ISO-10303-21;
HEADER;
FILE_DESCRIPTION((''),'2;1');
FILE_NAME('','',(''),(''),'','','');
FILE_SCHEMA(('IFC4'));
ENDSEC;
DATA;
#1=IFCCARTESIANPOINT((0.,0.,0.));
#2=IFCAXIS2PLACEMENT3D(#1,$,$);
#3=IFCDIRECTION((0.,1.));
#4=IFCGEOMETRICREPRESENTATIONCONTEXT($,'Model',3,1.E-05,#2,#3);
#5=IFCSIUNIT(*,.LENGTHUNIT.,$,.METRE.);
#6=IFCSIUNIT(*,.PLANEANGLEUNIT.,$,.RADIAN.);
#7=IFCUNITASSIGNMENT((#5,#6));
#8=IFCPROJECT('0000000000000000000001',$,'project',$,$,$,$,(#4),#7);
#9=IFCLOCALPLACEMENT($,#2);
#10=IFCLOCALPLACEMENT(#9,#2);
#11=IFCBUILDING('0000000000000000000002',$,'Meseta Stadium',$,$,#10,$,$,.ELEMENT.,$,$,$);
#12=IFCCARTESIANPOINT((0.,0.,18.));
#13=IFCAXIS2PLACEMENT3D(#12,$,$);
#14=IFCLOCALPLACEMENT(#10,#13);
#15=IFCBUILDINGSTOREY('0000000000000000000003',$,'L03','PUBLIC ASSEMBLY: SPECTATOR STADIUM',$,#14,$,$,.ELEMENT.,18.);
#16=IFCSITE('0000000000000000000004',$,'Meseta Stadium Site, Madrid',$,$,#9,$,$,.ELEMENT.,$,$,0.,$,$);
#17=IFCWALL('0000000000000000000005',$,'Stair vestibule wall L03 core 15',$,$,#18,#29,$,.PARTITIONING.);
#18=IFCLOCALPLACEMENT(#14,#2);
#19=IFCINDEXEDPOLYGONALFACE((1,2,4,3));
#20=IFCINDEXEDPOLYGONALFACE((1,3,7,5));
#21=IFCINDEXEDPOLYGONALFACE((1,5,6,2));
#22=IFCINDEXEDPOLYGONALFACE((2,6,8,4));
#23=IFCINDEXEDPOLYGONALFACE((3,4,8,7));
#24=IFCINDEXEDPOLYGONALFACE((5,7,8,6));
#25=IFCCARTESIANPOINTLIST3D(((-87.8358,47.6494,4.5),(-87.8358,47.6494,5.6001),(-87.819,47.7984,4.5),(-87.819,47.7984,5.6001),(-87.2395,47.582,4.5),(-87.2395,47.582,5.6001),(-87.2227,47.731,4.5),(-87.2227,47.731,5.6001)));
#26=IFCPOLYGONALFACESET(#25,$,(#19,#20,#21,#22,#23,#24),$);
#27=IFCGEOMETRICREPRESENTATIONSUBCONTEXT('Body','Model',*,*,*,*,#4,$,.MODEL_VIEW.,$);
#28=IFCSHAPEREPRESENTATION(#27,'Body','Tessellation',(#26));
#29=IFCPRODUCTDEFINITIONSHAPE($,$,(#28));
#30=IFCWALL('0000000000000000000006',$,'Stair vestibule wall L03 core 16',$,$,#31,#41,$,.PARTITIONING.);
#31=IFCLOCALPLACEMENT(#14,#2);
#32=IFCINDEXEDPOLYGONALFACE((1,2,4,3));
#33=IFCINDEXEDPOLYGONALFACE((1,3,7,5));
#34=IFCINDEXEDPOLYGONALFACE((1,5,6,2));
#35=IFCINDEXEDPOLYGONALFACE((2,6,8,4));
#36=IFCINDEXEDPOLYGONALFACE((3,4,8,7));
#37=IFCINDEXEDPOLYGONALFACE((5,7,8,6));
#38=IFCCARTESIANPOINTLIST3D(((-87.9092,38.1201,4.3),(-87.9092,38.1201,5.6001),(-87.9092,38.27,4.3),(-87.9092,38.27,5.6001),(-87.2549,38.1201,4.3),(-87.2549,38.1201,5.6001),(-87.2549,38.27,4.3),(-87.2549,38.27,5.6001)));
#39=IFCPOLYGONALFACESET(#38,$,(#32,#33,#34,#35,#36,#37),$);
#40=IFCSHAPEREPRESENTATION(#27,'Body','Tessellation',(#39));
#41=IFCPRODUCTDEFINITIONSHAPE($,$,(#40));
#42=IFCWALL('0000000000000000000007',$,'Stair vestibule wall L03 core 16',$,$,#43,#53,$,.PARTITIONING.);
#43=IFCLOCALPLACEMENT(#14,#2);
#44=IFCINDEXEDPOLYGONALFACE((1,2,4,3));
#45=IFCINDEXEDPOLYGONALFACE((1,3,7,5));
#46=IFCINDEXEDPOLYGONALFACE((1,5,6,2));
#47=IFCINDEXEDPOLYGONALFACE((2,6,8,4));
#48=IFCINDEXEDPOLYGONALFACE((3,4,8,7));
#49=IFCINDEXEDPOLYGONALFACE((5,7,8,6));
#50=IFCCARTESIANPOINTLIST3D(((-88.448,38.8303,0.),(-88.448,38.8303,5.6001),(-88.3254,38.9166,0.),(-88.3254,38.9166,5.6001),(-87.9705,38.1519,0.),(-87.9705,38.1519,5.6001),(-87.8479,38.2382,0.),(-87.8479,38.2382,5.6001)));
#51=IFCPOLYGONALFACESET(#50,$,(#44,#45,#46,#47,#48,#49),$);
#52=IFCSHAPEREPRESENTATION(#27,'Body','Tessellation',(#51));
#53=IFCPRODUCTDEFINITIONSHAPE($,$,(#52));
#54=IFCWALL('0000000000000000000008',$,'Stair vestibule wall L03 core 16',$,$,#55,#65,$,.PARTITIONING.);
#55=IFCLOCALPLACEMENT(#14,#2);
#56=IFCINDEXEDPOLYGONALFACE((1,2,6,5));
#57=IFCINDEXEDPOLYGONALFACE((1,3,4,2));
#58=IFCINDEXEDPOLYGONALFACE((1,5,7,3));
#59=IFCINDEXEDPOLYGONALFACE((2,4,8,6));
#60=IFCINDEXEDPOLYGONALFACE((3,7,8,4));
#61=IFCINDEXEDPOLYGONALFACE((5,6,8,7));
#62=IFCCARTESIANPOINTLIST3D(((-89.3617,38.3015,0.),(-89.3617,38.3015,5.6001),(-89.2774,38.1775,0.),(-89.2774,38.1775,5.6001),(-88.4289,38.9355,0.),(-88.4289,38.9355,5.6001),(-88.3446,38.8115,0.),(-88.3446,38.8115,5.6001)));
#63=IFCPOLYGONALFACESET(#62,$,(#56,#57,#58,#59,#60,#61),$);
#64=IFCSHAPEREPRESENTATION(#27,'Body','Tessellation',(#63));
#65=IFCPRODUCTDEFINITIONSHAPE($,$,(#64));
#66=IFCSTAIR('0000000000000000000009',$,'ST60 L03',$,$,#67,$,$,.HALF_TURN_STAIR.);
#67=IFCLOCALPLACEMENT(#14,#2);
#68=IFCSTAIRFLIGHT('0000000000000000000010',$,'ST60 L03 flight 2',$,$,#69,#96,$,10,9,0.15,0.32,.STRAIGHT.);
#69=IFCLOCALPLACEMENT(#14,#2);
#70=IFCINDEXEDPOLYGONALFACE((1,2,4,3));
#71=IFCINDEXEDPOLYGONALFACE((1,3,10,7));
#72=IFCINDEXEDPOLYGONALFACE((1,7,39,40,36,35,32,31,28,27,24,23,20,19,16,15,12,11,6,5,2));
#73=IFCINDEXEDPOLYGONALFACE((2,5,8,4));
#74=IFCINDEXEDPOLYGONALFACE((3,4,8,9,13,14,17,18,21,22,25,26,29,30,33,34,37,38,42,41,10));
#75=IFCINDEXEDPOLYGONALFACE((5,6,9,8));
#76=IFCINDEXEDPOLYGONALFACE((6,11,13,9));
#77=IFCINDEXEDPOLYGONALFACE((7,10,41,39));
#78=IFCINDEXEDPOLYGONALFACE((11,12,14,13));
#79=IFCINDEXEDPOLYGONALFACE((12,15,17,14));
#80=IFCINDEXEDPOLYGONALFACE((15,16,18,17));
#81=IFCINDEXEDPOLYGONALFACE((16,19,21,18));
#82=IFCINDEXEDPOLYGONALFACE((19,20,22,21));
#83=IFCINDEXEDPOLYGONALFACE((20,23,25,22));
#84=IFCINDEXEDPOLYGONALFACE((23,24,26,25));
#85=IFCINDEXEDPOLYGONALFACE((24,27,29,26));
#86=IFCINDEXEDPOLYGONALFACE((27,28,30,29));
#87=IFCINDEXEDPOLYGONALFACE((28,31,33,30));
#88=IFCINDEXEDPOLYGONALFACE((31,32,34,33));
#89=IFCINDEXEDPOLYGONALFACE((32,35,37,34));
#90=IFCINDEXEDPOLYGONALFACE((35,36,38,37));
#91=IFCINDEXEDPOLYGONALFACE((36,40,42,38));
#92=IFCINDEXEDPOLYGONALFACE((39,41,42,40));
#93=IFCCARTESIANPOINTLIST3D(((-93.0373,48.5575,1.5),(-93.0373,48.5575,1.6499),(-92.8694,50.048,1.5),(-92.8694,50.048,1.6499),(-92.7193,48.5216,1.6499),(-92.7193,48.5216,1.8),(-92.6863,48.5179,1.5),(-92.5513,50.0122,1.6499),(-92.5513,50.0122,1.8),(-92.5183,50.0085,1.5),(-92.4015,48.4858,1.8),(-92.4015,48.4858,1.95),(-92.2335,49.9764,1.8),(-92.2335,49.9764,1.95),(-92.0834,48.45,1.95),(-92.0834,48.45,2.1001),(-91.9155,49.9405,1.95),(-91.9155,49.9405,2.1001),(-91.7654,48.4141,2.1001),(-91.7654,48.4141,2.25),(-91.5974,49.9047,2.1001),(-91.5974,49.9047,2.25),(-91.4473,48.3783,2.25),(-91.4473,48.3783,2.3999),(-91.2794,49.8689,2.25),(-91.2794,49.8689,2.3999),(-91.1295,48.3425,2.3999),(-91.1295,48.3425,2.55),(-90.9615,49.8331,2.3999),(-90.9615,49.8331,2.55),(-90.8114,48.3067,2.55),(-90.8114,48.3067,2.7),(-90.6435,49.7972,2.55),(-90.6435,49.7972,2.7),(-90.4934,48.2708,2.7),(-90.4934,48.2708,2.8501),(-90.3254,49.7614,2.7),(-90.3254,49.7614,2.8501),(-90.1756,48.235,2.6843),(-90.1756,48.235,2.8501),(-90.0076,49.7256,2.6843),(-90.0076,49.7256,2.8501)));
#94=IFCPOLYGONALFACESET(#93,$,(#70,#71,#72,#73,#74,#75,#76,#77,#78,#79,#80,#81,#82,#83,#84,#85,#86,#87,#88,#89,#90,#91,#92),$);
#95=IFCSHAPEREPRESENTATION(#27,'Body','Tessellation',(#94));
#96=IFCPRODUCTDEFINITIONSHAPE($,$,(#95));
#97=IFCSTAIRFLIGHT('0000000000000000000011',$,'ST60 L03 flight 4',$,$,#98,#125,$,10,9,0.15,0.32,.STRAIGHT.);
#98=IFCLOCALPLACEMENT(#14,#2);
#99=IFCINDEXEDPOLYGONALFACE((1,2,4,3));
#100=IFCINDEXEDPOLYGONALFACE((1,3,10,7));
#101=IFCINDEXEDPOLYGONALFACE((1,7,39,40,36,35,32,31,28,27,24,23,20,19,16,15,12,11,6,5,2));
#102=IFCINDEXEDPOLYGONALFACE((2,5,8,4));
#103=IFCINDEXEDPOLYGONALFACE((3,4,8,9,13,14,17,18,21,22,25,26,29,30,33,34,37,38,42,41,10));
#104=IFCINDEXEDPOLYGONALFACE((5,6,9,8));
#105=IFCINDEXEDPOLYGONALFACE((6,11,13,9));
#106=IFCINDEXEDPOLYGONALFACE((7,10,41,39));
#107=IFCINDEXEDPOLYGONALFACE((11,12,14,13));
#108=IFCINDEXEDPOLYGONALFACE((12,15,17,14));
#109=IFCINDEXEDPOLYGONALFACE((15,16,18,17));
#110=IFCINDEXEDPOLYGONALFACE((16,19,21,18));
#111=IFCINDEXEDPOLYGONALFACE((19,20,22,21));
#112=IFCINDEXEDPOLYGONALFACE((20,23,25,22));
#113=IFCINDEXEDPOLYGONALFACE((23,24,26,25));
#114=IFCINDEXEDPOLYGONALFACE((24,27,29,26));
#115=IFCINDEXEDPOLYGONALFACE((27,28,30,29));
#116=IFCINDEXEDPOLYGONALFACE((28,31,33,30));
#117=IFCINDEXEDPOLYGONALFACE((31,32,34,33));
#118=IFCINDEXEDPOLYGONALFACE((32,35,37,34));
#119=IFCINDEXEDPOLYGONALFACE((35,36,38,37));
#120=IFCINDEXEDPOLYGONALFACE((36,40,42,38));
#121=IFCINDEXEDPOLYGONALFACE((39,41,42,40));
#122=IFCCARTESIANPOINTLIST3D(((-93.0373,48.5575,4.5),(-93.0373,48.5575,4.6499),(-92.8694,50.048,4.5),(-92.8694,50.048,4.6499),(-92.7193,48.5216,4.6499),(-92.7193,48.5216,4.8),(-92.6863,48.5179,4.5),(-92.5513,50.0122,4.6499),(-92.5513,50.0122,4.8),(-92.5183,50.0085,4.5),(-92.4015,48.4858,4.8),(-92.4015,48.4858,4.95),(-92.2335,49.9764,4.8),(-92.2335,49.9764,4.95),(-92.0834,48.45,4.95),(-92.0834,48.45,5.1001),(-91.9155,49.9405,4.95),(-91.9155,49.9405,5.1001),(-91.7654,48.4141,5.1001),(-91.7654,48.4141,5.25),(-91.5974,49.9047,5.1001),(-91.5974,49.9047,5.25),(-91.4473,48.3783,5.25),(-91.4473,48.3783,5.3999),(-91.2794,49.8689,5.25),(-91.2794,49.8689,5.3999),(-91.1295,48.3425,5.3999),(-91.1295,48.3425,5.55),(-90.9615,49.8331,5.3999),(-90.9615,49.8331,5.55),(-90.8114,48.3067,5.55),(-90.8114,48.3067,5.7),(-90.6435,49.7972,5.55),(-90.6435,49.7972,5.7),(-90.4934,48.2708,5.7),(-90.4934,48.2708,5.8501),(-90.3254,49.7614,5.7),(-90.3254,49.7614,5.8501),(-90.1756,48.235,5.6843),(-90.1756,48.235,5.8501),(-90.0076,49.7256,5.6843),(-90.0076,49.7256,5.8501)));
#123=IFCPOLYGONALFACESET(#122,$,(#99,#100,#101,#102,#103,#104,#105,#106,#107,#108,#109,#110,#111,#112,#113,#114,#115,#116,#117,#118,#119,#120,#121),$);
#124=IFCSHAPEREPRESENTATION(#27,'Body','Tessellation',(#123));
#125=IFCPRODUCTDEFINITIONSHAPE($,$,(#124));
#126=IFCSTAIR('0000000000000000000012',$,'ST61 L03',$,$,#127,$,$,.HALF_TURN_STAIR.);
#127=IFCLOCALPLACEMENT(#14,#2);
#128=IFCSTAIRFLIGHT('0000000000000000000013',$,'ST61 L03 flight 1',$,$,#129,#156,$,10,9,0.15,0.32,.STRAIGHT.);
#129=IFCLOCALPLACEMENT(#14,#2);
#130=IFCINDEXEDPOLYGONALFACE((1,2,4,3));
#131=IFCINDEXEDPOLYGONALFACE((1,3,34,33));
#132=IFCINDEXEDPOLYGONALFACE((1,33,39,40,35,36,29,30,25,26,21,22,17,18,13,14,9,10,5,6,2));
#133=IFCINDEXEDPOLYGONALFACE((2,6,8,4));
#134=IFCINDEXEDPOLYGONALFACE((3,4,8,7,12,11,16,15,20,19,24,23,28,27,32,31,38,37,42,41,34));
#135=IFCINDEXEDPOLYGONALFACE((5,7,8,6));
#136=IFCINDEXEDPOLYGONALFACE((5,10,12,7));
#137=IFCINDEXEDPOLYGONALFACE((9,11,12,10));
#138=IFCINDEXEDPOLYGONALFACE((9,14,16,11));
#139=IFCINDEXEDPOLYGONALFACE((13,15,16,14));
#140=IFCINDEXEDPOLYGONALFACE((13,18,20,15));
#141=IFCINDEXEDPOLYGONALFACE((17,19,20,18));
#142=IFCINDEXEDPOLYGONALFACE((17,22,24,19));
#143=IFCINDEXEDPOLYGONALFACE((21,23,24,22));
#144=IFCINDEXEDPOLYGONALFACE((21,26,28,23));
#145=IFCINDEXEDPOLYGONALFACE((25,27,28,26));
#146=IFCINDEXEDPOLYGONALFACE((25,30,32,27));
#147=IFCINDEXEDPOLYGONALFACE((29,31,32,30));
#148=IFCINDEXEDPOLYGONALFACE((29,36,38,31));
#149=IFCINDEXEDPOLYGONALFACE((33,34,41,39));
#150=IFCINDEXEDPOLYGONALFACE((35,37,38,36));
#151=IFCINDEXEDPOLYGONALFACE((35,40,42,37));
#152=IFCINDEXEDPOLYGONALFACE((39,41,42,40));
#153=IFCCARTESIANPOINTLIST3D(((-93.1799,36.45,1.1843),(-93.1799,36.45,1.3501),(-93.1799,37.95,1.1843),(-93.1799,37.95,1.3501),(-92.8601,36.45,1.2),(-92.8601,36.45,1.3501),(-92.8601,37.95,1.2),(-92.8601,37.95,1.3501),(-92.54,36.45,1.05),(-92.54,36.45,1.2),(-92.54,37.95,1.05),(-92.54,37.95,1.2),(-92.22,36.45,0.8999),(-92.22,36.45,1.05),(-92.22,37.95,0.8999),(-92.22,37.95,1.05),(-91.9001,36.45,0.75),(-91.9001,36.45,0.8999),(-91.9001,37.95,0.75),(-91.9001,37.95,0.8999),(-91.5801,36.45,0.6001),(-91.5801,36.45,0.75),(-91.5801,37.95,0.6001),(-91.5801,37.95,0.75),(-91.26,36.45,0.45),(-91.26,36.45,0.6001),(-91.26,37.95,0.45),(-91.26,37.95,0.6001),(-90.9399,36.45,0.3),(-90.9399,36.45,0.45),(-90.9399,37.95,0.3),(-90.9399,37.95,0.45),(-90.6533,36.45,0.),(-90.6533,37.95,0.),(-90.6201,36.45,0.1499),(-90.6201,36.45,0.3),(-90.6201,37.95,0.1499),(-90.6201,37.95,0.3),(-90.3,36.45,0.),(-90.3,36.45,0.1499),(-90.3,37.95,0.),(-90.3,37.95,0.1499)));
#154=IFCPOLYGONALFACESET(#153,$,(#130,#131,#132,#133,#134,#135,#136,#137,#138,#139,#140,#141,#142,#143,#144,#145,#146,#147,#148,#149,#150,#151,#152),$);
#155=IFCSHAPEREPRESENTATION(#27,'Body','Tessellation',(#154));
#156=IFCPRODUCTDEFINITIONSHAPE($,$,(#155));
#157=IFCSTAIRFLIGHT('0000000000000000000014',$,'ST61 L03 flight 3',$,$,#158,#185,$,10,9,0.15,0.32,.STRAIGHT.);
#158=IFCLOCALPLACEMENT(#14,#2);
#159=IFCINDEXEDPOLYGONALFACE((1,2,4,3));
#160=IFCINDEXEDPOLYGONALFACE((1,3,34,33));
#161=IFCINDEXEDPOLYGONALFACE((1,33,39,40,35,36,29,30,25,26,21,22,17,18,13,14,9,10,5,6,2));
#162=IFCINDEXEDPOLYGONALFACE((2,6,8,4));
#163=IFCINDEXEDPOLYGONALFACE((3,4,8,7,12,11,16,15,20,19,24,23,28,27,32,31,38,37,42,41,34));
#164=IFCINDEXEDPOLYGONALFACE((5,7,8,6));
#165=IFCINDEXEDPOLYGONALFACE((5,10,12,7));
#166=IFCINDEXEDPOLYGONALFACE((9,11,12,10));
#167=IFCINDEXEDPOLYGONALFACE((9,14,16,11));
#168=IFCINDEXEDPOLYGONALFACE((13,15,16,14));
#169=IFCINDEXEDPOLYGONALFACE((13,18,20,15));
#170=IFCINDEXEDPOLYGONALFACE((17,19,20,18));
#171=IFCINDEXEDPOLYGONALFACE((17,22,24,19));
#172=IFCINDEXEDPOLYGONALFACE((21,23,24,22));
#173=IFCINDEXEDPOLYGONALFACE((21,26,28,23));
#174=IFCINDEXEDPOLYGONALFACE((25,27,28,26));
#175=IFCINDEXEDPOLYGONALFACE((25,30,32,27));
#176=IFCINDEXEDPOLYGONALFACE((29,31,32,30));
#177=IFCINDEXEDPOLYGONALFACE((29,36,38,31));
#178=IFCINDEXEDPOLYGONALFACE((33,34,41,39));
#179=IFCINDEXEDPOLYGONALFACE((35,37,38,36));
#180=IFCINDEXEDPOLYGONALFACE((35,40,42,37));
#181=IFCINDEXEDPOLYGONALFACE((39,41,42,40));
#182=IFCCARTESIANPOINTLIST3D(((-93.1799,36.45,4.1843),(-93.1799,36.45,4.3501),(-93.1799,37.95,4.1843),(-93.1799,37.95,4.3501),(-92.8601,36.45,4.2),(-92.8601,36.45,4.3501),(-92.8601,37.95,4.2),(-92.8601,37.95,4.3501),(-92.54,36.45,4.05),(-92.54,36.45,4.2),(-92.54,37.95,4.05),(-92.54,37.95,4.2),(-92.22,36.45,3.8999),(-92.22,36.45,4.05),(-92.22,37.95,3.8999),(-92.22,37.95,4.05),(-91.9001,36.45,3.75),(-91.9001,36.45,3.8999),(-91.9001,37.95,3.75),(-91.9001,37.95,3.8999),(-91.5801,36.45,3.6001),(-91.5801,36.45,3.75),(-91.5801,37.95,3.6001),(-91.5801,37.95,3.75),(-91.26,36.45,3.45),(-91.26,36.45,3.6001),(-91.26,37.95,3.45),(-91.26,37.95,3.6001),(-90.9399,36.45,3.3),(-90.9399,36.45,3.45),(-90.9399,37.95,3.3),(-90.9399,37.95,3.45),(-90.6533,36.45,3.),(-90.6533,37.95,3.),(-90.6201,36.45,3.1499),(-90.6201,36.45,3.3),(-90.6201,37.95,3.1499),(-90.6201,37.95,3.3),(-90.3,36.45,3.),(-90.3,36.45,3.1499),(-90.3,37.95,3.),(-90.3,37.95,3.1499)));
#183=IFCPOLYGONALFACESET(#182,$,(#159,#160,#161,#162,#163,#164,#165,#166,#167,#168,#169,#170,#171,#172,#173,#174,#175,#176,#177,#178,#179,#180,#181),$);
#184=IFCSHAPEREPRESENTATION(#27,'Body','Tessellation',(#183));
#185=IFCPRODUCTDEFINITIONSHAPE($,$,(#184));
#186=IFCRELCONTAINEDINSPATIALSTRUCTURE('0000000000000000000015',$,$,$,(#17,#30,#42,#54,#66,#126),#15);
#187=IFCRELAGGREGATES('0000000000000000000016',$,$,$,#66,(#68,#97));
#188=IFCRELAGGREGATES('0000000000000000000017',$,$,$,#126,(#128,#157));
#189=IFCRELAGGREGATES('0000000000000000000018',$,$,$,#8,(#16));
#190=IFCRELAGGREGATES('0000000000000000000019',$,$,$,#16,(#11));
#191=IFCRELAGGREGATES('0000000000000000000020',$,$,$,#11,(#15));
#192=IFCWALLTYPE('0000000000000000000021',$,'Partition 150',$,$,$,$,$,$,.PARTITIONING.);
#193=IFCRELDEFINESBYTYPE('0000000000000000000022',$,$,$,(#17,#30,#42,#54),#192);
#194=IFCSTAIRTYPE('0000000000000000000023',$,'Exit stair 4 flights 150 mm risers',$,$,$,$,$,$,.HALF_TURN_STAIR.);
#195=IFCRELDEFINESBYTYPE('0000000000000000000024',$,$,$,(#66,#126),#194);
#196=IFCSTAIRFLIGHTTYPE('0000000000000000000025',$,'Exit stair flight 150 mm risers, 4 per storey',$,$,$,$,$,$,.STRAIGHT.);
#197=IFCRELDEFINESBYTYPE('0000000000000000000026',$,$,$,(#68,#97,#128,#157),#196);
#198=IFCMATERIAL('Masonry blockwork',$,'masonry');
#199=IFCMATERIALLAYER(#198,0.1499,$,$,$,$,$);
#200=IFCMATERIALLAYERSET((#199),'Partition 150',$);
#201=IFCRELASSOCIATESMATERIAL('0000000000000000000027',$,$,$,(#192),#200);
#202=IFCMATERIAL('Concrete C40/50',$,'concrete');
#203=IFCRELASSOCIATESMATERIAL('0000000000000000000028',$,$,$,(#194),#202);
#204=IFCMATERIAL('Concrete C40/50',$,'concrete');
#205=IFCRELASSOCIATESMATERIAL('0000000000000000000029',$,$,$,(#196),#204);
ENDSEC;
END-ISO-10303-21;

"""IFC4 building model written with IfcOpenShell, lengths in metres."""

from ifc_helpers import new_model, si_unit, direction, frame, frame_2d, origin, place, context, subcontext, project, spatial, polyline, rectangle, outline, extrude, material, layer, layer_set, type_object, element, aggregate, save


model = new_model("IFC4")

# Units and contexts
model_context = context("Model", 3, precision=1e-05, world=origin(), true_north=direction((0.0, 1.0)))
body_context = subcontext(model_context, "Body", "Model", "MODEL_VIEW")
ifc_project = project(units=[si_unit("LENGTHUNIT", "METRE"), si_unit("PLANEANGLEUNIT", "RADIAN")], contexts=[model_context])

# Site, building, storey
site_placement = place(None, origin())
site = spatial("IfcSite", under=ifc_project, at=site_placement, Name="Meseta Stadium Site, Madrid", CompositionType="ELEMENT", RefElevation=0.0)
building_placement = place(site_placement, origin())
building = spatial("IfcBuilding", under=site, at=building_placement, Name="Meseta Stadium", CompositionType="ELEMENT")
storey_placement = place(building_placement, frame((0.0, 0.0, 18.0)))
storey = spatial("IfcBuildingStorey", under=building, at=storey_placement, Name="L03", Description="PUBLIC ASSEMBLY: SPECTATOR STADIUM", CompositionType="ELEMENT", Elevation=18.0)

# Shared definitions
ifc_material_1 = material(Name="Masonry blockwork", Category="masonry")
ifc_layer_1 = layer(ifc_material_1, 0.1499)
ifc_layer_set_1 = layer_set([ifc_layer_1], Name="Partition 150")
wall_type_1 = type_object("IfcWallType", Name="Partition 150", PredefinedType="PARTITIONING", material=ifc_layer_set_1)

# Walls
wall_1_placement = place(storey_placement, frame((-87.8274, 47.7239, 4.5), z_axis=(0.0, 0.0, 1.0), x_axis=(0.993674, -0.112307, 0.0)))
element("IfcWall", 1, at=wall_1_placement, inside=storey, type_object=wall_type_1, Name="Stair vestibule wall L03 core 15", PredefinedType="PARTITIONING", context=body_context, shape_type="SweptSolid", body=[
    extrude(rectangle(XDim=0.6001, YDim=0.1499, at=frame_2d((0.3, 0.0))), origin(), (0.0, 0.0, 1.0), 1.1001),
])
wall_2_placement = place(storey_placement, frame((-87.2549, 38.1951, 4.3), z_axis=(0.0, 0.0, 1.0), x_axis=(-1.0, 0.0, 0.0)))
element("IfcWall", 2, at=wall_2_placement, inside=storey, type_object=wall_type_1, Name="Stair vestibule wall L03 core 16", PredefinedType="PARTITIONING", context=body_context, shape_type="SweptSolid", body=[
    extrude(rectangle(XDim=0.6543, YDim=0.1499, at=frame_2d((0.3271, 0.0))), origin(), (0.0, 0.0, 1.0), 1.3),
])
wall_3_placement = place(storey_placement, frame((-87.9092, 38.1951, 0.0), z_axis=(0.0, 0.0, 1.0), x_axis=(-0.575574, 0.81775, 0.0)))
element("IfcWall", 3, at=wall_3_placement, inside=storey, type_object=wall_type_1, Name="Stair vestibule wall L03 core 16", PredefinedType="PARTITIONING", context=body_context, shape_type="SweptSolid", body=[
    extrude(rectangle(XDim=0.8296, YDim=0.1499, at=frame_2d((0.4148, 0.0))), origin(), (0.0, 0.0, 1.0), 5.6001),
])
wall_4_placement = place(storey_placement, frame((-88.3867, 38.8735, 0.0), z_axis=(0.0, 0.0, 1.0), x_axis=(-0.827055, -0.562121, 0.0)))
element("IfcWall", 4, at=wall_4_placement, inside=storey, type_object=wall_type_1, Name="Stair vestibule wall L03 core 16", PredefinedType="PARTITIONING", context=body_context, shape_type="SweptSolid", body=[
    extrude(rectangle(XDim=1.1279, YDim=0.1499, at=frame_2d((0.564, 0.0))), origin(), (0.0, 0.0, 1.0), 5.6001),
])

# Stairs, stair flights
ifc_material_2 = material(Name="Concrete C40/50", Category="concrete")
stair_type = type_object("IfcStairType", Name="Exit stair 4 flights 150 mm risers", PredefinedType="HALF_TURN_STAIR", material=ifc_material_2)
stair_1_placement = place(storey_placement, origin())
stair_1 = element("IfcStair", 5, at=stair_1_placement, inside=storey, type_object=stair_type, Name="ST60 L03", PredefinedType="HALF_TURN_STAIR")
ifc_material_3 = material(Name="Concrete C40/50", Category="concrete")
stair_flight_type = type_object("IfcStairFlightType", Name="Exit stair flight 150 mm risers, 4 per storey", PredefinedType="STRAIGHT", material=ifc_material_3)
stair_flight_1_placement = place(storey_placement, frame((-92.9534, 49.3027, 1.5), z_axis=(0.0, 0.0, 1.0), x_axis=(0.993712, -0.111964, 0.0)))
stair_flight_1 = element("IfcStairFlight", 6, at=stair_flight_1_placement, type_object=stair_flight_type, Name="ST60 L03 flight 2", NumberOfRisers=10, NumberOfTreads=9, PredefinedType="STRAIGHT", RiserHeight=0.15, TreadLength=0.32, context=body_context, shape_type="SweptSolid", body=[
    extrude(outline(polyline([(0.0, 0.0), (0.0, 0.1499), (0.3201, 0.1499), (0.3201, 0.3), (0.6399, 0.3), (0.6399, 0.45), (0.96, 0.45), (0.96, 0.6001), (1.28, 0.6001), (1.28, 0.75), (1.6001, 0.75), (1.6001, 0.8999), (1.9199, 0.8999), (1.9199, 1.05), (2.24, 1.05), (2.24, 1.2), (2.5601, 1.2), (2.5601, 1.3501), (2.8799, 1.3501), (2.8799, 1.1843), (0.3533, 0.0), (0.0, 0.0)])), frame((0.0, 0.75, 0.0), z_axis=(0.0, -1.0, 0.0), x_axis=(1.0, 0.0, 0.0)), (0.0, 0.0, 1.0), 1.5),
])
stair_flight_2_placement = place(storey_placement, frame((-92.9534, 49.3027, 4.5), z_axis=(0.0, 0.0, 1.0), x_axis=(0.993712, -0.111964, 0.0)))
stair_flight_2 = element("IfcStairFlight", 7, at=stair_flight_2_placement, type_object=stair_flight_type, Name="ST60 L03 flight 4", NumberOfRisers=10, NumberOfTreads=9, PredefinedType="STRAIGHT", RiserHeight=0.15, TreadLength=0.32, context=body_context, shape_type="SweptSolid", body=[
    extrude(outline(polyline([(0.0, 0.0), (0.0, 0.1499), (0.3201, 0.1499), (0.3201, 0.3), (0.6399, 0.3), (0.6399, 0.45), (0.96, 0.45), (0.96, 0.6001), (1.28, 0.6001), (1.28, 0.75), (1.6001, 0.75), (1.6001, 0.8999), (1.9199, 0.8999), (1.9199, 1.05), (2.24, 1.05), (2.24, 1.2), (2.5601, 1.2), (2.5601, 1.3501), (2.8799, 1.3501), (2.8799, 1.1843), (0.3533, 0.0), (0.0, 0.0)])), frame((0.0, 0.75, 0.0), z_axis=(0.0, -1.0, 0.0), x_axis=(1.0, 0.0, 0.0)), (0.0, 0.0, 1.0), 1.5),
])
aggregate(stair_1, [stair_flight_1, stair_flight_2])
stair_2_placement = place(storey_placement, origin())
stair_2 = element("IfcStair", 8, at=stair_2_placement, inside=storey, type_object=stair_type, Name="ST61 L03", PredefinedType="HALF_TURN_STAIR")
stair_flight_3_placement = place(storey_placement, frame((-90.3, 37.2, 0.0), z_axis=(0.0, 0.0, 1.0), x_axis=(-1.0, 0.0, 0.0)))
stair_flight_3 = element("IfcStairFlight", 9, at=stair_flight_3_placement, type_object=stair_flight_type, Name="ST61 L03 flight 1", NumberOfRisers=10, NumberOfTreads=9, PredefinedType="STRAIGHT", RiserHeight=0.15, TreadLength=0.32, context=body_context, shape_type="SweptSolid", body=[
    extrude(outline(polyline([(0.0, 0.0), (0.0, 0.1499), (0.3201, 0.1499), (0.3201, 0.3), (0.6399, 0.3), (0.6399, 0.45), (0.96, 0.45), (0.96, 0.6001), (1.28, 0.6001), (1.28, 0.75), (1.6001, 0.75), (1.6001, 0.8999), (1.9199, 0.8999), (1.9199, 1.05), (2.24, 1.05), (2.24, 1.2), (2.5601, 1.2), (2.5601, 1.3501), (2.8799, 1.3501), (2.8799, 1.1843), (0.3533, 0.0), (0.0, 0.0)])), frame((0.0, 0.75, 0.0), z_axis=(0.0, -1.0, 0.0), x_axis=(1.0, 0.0, 0.0)), (0.0, 0.0, 1.0), 1.5),
])
stair_flight_4_placement = place(storey_placement, frame((-90.3, 37.2, 3.0), z_axis=(0.0, 0.0, 1.0), x_axis=(-1.0, 0.0, 0.0)))
stair_flight_4 = element("IfcStairFlight", 10, at=stair_flight_4_placement, type_object=stair_flight_type, Name="ST61 L03 flight 3", NumberOfRisers=10, NumberOfTreads=9, PredefinedType="STRAIGHT", RiserHeight=0.15, TreadLength=0.32, context=body_context, shape_type="SweptSolid", body=[
    extrude(outline(polyline([(0.0, 0.0), (0.0, 0.1499), (0.3201, 0.1499), (0.3201, 0.3), (0.6399, 0.3), (0.6399, 0.45), (0.96, 0.45), (0.96, 0.6001), (1.28, 0.6001), (1.28, 0.75), (1.6001, 0.75), (1.6001, 0.8999), (1.9199, 0.8999), (1.9199, 1.05), (2.24, 1.05), (2.24, 1.2), (2.5601, 1.2), (2.5601, 1.3501), (2.8799, 1.3501), (2.8799, 1.1843), (0.3533, 0.0), (0.0, 0.0)])), frame((0.0, 0.75, 0.0), z_axis=(0.0, -1.0, 0.0), x_axis=(1.0, 0.0, 0.0)), (0.0, 0.0, 1.0), 1.5),
])
aggregate(stair_2, [stair_flight_3, stair_flight_4])

save(model, "model.ifc")
